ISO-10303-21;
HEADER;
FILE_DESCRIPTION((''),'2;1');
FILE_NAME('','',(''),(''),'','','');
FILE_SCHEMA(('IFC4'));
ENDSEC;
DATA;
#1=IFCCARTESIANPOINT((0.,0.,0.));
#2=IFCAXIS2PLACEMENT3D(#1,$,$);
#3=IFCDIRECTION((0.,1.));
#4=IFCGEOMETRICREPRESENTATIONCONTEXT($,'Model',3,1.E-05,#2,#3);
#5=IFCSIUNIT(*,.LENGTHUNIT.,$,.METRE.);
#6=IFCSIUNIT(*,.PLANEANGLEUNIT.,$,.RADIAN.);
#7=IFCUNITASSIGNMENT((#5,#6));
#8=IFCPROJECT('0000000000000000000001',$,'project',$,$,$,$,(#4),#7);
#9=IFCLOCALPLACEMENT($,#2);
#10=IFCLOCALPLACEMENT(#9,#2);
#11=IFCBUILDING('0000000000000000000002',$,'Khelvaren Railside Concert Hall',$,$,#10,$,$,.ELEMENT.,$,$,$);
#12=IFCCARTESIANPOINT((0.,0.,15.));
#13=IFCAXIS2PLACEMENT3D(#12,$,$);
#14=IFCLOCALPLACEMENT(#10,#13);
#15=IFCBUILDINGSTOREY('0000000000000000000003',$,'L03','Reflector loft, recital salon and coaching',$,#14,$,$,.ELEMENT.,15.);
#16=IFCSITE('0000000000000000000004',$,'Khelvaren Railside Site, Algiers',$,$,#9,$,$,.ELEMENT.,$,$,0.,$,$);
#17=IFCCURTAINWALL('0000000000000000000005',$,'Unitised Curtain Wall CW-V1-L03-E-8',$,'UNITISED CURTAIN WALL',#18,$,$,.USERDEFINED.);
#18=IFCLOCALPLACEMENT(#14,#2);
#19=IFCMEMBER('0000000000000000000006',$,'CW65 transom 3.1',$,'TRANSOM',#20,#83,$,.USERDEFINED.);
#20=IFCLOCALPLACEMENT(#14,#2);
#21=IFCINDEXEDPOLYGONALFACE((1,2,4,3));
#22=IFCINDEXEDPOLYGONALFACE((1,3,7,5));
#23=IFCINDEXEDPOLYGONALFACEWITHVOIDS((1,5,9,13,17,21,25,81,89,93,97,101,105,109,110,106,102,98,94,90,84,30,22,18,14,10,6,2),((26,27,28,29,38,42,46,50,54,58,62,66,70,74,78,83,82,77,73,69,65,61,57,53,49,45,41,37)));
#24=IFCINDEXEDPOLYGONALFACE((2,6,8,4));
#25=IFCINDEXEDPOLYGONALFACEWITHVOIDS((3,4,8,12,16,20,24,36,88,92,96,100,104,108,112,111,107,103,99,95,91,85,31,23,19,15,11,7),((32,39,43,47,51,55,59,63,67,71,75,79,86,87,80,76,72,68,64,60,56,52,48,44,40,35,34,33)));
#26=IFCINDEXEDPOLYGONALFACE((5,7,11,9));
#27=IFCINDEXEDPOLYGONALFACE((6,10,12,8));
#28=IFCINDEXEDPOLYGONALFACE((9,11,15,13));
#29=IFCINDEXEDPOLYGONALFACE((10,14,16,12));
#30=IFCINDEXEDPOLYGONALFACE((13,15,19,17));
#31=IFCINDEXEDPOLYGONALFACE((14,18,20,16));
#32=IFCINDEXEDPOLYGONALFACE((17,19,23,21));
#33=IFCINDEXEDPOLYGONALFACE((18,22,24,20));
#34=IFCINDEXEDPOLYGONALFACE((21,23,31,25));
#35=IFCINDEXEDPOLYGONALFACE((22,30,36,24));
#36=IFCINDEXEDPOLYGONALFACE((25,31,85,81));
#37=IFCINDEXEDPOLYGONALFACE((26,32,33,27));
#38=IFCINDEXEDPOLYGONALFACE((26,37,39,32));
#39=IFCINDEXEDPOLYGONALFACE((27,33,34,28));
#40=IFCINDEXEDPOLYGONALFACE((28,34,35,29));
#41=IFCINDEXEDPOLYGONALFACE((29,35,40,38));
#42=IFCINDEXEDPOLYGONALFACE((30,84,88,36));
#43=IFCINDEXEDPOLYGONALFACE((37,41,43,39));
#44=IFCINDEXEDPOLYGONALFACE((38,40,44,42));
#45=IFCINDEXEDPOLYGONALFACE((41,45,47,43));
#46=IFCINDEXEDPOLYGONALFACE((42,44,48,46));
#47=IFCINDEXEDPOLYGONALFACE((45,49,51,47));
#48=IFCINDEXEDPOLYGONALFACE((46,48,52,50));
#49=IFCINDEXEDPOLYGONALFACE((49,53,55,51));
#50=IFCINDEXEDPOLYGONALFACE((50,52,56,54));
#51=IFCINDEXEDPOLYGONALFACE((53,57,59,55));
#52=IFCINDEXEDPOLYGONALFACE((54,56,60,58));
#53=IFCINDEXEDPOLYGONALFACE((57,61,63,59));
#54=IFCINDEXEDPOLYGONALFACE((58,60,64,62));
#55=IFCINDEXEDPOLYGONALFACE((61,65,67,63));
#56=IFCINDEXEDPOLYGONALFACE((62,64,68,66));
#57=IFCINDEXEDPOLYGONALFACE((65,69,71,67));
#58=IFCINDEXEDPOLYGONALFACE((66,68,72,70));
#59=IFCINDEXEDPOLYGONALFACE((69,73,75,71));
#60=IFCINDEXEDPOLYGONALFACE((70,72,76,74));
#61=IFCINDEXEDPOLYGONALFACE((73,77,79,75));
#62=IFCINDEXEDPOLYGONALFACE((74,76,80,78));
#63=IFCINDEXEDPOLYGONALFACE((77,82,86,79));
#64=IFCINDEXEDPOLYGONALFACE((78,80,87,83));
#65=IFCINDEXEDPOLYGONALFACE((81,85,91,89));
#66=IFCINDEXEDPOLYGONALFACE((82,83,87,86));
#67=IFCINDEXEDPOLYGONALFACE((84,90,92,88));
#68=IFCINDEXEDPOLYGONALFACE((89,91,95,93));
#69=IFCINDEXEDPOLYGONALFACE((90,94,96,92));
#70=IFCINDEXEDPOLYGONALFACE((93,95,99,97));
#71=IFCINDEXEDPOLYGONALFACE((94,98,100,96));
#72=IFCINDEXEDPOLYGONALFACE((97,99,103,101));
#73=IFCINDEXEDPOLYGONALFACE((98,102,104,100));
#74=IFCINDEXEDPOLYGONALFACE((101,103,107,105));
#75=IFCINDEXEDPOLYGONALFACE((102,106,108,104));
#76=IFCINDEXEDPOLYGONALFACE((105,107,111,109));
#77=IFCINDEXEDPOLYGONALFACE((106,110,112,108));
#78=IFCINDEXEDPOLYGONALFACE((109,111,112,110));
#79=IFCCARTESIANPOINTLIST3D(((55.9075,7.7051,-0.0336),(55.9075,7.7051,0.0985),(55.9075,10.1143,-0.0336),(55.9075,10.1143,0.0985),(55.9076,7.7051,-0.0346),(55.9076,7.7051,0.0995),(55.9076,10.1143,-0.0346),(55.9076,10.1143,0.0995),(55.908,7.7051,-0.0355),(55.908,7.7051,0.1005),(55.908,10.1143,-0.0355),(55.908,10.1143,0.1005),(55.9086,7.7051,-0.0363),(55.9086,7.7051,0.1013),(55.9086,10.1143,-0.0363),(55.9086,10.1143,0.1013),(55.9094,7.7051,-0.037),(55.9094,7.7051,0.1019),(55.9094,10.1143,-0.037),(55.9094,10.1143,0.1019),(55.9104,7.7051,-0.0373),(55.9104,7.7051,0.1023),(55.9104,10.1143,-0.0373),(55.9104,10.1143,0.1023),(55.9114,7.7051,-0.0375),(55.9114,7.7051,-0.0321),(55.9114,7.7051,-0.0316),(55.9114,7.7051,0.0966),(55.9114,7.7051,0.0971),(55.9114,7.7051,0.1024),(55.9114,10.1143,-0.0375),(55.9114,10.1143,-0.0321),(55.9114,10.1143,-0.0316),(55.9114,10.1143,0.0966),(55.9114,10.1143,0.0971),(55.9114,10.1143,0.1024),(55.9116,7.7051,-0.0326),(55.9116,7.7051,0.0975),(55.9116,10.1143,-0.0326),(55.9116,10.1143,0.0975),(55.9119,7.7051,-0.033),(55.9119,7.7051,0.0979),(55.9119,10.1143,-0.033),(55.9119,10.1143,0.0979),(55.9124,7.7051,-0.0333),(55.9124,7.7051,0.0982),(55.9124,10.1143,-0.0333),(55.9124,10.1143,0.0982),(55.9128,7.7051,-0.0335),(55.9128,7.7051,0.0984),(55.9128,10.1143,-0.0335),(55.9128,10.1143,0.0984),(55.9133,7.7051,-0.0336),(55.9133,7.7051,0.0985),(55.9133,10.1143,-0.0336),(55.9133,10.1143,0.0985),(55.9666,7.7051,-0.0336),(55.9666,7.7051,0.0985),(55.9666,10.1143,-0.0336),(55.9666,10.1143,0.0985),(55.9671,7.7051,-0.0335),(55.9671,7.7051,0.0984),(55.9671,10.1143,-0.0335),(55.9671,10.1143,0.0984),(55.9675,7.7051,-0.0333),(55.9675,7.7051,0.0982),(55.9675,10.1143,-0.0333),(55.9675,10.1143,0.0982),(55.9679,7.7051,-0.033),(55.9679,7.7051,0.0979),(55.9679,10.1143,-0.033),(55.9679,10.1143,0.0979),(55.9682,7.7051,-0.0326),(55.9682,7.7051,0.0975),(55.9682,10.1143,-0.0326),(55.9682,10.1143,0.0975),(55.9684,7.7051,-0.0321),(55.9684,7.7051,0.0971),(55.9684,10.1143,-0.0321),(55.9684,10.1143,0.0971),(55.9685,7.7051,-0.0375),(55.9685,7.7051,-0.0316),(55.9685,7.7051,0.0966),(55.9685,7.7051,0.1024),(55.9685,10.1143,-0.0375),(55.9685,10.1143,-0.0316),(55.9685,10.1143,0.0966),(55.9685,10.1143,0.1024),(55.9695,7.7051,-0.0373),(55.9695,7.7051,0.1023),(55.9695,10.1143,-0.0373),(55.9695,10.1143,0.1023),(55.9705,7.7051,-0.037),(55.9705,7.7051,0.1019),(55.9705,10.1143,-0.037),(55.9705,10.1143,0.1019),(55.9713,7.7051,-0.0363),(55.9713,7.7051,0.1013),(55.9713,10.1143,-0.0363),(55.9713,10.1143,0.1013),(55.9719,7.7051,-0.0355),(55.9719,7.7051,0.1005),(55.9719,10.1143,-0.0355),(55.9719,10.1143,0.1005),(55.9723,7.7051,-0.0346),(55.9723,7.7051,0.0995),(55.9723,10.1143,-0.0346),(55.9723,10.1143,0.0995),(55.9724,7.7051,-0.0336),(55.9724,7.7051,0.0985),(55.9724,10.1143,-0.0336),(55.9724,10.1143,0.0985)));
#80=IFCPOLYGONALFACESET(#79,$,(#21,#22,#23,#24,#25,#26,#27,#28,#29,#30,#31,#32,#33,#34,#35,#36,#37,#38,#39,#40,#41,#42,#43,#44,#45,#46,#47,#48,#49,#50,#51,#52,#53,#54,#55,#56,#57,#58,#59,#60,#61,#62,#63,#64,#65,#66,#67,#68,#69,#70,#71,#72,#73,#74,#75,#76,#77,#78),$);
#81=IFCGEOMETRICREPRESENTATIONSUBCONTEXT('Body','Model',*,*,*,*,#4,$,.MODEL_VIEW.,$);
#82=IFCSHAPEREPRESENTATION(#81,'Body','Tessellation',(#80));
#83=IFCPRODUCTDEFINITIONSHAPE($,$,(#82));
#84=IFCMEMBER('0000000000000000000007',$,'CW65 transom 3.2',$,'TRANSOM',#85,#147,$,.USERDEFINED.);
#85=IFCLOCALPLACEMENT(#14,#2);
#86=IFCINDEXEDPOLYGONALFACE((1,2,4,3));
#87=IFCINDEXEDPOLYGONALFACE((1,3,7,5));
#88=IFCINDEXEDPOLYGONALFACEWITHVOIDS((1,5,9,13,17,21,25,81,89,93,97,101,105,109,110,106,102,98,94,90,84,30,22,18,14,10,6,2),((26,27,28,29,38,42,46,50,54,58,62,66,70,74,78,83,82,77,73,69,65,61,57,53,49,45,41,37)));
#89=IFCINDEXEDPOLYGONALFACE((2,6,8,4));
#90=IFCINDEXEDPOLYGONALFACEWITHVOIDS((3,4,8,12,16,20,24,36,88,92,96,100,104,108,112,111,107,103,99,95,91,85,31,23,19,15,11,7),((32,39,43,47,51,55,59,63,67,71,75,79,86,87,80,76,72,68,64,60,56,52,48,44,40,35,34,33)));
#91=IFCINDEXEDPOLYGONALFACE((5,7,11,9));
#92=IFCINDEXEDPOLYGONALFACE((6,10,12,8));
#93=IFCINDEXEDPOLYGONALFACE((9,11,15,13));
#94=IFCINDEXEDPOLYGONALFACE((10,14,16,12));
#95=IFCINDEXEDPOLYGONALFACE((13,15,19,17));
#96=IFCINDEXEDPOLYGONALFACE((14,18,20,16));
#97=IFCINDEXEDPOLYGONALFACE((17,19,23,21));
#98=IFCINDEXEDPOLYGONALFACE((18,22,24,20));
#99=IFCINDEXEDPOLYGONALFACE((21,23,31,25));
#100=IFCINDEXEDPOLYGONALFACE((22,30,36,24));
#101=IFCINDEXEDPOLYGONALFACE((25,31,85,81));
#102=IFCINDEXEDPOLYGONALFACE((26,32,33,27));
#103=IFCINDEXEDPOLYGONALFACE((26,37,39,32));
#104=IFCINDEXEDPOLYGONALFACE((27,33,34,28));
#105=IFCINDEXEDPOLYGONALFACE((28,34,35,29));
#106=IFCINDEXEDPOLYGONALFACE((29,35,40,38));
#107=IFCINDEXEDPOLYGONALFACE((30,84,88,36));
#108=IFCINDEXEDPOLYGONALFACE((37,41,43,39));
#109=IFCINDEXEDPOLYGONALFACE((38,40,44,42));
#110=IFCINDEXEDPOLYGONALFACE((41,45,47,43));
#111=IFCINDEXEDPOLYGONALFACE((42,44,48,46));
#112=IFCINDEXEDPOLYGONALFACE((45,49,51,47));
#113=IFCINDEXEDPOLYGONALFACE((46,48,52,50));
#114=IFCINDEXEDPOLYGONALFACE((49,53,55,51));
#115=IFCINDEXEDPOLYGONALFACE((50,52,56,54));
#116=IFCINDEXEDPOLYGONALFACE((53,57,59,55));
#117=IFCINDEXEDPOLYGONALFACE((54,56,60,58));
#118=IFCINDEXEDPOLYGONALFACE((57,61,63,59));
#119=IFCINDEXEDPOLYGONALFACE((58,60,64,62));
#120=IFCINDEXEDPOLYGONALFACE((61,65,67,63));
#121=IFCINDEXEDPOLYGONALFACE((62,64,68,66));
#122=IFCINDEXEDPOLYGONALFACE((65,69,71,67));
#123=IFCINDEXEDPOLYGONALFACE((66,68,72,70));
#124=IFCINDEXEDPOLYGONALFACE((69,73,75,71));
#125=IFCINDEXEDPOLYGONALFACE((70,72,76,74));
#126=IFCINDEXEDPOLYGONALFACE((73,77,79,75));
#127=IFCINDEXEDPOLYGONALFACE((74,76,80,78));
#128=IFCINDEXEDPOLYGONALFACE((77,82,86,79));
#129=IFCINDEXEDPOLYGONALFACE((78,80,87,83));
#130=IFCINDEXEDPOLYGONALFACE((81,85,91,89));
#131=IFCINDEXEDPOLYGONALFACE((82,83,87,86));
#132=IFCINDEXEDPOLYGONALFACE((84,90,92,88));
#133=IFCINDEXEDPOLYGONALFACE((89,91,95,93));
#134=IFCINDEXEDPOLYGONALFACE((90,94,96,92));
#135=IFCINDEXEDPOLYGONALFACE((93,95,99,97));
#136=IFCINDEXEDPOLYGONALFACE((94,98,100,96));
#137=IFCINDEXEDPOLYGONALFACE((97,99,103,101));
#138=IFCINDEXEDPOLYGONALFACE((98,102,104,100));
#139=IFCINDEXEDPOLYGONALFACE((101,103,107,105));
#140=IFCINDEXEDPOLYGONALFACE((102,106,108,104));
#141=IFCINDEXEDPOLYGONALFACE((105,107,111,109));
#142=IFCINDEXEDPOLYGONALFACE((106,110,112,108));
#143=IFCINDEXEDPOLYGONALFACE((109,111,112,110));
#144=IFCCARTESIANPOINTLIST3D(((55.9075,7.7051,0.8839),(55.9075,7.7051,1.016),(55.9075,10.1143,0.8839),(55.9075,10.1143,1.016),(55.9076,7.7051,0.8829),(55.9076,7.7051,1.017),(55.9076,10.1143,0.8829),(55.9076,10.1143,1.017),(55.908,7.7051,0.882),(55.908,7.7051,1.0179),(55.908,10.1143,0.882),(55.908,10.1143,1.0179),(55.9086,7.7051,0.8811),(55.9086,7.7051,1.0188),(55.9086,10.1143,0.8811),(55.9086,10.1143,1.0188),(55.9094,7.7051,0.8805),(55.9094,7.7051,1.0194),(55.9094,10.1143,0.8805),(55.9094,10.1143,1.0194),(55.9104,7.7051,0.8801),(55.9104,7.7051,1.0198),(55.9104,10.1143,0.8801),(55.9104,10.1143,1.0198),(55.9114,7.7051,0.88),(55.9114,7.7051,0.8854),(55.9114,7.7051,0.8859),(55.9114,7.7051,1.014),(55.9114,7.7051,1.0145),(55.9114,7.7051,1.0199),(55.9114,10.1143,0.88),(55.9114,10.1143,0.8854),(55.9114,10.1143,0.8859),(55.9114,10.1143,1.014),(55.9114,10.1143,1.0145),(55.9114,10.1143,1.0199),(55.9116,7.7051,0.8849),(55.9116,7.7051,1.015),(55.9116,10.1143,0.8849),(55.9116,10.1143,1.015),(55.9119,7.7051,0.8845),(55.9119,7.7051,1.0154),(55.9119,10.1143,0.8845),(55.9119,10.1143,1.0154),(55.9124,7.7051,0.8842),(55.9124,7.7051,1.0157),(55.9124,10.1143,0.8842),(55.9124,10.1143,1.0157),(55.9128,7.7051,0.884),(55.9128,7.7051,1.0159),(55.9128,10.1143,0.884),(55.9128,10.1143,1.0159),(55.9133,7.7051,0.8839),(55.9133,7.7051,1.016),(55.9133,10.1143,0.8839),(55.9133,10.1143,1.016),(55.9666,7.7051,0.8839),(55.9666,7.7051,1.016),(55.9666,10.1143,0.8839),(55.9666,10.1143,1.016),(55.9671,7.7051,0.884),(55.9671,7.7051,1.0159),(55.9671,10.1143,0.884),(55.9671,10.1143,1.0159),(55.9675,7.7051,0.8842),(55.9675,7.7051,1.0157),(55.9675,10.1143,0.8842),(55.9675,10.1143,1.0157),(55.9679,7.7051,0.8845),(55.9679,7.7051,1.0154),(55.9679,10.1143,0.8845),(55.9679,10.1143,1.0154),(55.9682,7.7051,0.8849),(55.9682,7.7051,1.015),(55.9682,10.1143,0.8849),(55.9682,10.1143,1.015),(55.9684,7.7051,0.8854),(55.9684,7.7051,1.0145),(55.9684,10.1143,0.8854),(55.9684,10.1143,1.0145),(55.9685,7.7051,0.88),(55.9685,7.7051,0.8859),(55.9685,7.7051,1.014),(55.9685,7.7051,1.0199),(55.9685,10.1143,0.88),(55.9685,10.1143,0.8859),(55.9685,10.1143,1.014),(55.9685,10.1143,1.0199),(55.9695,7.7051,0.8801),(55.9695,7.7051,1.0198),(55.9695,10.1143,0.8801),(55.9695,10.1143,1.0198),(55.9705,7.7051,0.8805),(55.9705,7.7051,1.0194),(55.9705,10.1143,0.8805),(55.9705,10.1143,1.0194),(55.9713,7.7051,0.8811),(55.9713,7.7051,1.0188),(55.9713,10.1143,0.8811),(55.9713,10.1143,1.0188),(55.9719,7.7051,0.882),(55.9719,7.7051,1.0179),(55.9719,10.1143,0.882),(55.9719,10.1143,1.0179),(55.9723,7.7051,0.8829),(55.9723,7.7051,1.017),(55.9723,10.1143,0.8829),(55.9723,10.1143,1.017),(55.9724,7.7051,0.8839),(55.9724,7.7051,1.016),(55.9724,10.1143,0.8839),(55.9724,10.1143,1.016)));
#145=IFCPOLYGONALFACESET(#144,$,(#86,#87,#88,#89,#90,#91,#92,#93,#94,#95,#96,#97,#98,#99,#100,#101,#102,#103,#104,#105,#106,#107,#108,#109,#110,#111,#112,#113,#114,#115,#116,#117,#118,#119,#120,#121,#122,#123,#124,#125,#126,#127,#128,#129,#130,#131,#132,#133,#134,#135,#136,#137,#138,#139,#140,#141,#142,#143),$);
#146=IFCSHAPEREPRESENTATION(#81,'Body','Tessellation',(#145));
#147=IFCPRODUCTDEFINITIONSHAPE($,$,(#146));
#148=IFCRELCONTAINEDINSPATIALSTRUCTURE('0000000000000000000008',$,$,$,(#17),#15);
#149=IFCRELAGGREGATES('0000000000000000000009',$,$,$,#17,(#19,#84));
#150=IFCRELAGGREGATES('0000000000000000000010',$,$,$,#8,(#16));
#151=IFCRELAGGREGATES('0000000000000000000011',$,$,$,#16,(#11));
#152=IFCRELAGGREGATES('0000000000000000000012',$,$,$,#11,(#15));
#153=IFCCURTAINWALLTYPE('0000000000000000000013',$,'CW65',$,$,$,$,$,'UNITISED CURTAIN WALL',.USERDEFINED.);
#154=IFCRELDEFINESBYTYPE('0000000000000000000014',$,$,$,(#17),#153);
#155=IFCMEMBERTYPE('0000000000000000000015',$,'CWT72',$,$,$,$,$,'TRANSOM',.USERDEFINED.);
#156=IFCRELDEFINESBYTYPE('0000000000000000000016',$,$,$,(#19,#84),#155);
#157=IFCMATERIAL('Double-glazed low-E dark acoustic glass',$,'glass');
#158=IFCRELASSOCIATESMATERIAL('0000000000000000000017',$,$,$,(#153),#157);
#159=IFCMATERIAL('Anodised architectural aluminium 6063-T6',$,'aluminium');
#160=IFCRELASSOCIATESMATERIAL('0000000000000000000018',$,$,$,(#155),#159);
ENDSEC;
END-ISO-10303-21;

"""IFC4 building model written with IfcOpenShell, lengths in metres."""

from ifc_helpers import new_model, si_unit, direction, frame, origin, origin_2d, place, context, subcontext, project, spatial, hollow_rectangle, extrude, material, material_profile, profile_set, type_object, element, aggregate, save


model = new_model("IFC4")

# Units and contexts
model_context = context("Model", 3, precision=1e-05, world=origin(), true_north=direction((0.0, 1.0)))
body_context = subcontext(model_context, "Body", "Model", "MODEL_VIEW")
ifc_project = project(units=[si_unit("LENGTHUNIT", "METRE"), si_unit("PLANEANGLEUNIT", "RADIAN")], contexts=[model_context])

# Site, building, storey
site_placement = place(None, origin())
site = spatial("IfcSite", under=ifc_project, at=site_placement, Name="Khelvaren Railside Site, Algiers", CompositionType="ELEMENT", RefElevation=0.0)
building_placement = place(site_placement, origin())
building = spatial("IfcBuilding", under=site, at=building_placement, Name="Khelvaren Railside Concert Hall", CompositionType="ELEMENT")
storey_placement = place(building_placement, frame((0.0, 0.0, 15.0)))
storey = spatial("IfcBuildingStorey", under=building, at=storey_placement, Name="L03", Description="Reflector loft, recital salon and coaching", CompositionType="ELEMENT", Elevation=15.0)

# Curtain wall, members
ifc_material_1 = material(Name="Double-glazed low-E dark acoustic glass", Category="glass")
curtain_wall_type = type_object("IfcCurtainWallType", Name="CW65", ElementType="UNITISED CURTAIN WALL", PredefinedType="USERDEFINED", material=ifc_material_1)
curtain_wall_placement = place(storey_placement, origin())
curtain_wall = element("IfcCurtainWall", 1, at=curtain_wall_placement, inside=storey, type_object=curtain_wall_type, Name="Unitised Curtain Wall CW-V1-L03-E-8", ObjectType="UNITISED CURTAIN WALL", PredefinedType="USERDEFINED")
ifc_material_2 = material(Name="Anodised architectural aluminium 6063-T6", Category="aluminium")
ifc_material_profile_1 = material_profile(ifc_material_2, hollow_rectangle(XDim=0.0649, YDim=0.1399, WallThickness=0.0039, InnerFilletRadius=0.002, OuterFilletRadius=0.0039, at=origin_2d()), Name="CWT 65x140x4")
ifc_profile_set_1 = profile_set([ifc_material_profile_1], Name="Anodised architectural aluminium 6063-T6")
member_type_1 = type_object("IfcMemberType", Name="CWT72", ElementType="TRANSOM", PredefinedType="USERDEFINED", material=ifc_profile_set_1)
member_1_placement = place(storey_placement, frame((55.9399, 10.1143, 0.0325), z_axis=(0.0, -1.0, 0.0), x_axis=(1.0, 0.0, 0.0)))
member_1 = element("IfcMember", 2, at=member_1_placement, type_object=member_type_1, Name="CW65 transom 3.1", ObjectType="TRANSOM", PredefinedType="USERDEFINED", context=body_context, shape_type="SweptSolid", body=[
    extrude(hollow_rectangle(XDim=0.0649, YDim=0.1399, WallThickness=0.0039, InnerFilletRadius=0.002, OuterFilletRadius=0.0039, at=origin_2d()), origin(), (0.0, 0.0, 1.0), 2.4092),
])
member_2_placement = place(storey_placement, frame((55.9399, 10.1143, 0.95), z_axis=(0.0, -1.0, 0.0), x_axis=(1.0, 0.0, 0.0)))
member_2 = element("IfcMember", 3, at=member_2_placement, type_object=member_type_1, Name="CW65 transom 3.2", ObjectType="TRANSOM", PredefinedType="USERDEFINED", context=body_context, shape_type="SweptSolid", body=[
    extrude(hollow_rectangle(XDim=0.0649, YDim=0.1399, WallThickness=0.0039, InnerFilletRadius=0.002, OuterFilletRadius=0.0039, at=origin_2d()), origin(), (0.0, 0.0, 1.0), 2.4092),
])

aggregate(curtain_wall, [member_1, member_2])

save(model, "model.ifc")
